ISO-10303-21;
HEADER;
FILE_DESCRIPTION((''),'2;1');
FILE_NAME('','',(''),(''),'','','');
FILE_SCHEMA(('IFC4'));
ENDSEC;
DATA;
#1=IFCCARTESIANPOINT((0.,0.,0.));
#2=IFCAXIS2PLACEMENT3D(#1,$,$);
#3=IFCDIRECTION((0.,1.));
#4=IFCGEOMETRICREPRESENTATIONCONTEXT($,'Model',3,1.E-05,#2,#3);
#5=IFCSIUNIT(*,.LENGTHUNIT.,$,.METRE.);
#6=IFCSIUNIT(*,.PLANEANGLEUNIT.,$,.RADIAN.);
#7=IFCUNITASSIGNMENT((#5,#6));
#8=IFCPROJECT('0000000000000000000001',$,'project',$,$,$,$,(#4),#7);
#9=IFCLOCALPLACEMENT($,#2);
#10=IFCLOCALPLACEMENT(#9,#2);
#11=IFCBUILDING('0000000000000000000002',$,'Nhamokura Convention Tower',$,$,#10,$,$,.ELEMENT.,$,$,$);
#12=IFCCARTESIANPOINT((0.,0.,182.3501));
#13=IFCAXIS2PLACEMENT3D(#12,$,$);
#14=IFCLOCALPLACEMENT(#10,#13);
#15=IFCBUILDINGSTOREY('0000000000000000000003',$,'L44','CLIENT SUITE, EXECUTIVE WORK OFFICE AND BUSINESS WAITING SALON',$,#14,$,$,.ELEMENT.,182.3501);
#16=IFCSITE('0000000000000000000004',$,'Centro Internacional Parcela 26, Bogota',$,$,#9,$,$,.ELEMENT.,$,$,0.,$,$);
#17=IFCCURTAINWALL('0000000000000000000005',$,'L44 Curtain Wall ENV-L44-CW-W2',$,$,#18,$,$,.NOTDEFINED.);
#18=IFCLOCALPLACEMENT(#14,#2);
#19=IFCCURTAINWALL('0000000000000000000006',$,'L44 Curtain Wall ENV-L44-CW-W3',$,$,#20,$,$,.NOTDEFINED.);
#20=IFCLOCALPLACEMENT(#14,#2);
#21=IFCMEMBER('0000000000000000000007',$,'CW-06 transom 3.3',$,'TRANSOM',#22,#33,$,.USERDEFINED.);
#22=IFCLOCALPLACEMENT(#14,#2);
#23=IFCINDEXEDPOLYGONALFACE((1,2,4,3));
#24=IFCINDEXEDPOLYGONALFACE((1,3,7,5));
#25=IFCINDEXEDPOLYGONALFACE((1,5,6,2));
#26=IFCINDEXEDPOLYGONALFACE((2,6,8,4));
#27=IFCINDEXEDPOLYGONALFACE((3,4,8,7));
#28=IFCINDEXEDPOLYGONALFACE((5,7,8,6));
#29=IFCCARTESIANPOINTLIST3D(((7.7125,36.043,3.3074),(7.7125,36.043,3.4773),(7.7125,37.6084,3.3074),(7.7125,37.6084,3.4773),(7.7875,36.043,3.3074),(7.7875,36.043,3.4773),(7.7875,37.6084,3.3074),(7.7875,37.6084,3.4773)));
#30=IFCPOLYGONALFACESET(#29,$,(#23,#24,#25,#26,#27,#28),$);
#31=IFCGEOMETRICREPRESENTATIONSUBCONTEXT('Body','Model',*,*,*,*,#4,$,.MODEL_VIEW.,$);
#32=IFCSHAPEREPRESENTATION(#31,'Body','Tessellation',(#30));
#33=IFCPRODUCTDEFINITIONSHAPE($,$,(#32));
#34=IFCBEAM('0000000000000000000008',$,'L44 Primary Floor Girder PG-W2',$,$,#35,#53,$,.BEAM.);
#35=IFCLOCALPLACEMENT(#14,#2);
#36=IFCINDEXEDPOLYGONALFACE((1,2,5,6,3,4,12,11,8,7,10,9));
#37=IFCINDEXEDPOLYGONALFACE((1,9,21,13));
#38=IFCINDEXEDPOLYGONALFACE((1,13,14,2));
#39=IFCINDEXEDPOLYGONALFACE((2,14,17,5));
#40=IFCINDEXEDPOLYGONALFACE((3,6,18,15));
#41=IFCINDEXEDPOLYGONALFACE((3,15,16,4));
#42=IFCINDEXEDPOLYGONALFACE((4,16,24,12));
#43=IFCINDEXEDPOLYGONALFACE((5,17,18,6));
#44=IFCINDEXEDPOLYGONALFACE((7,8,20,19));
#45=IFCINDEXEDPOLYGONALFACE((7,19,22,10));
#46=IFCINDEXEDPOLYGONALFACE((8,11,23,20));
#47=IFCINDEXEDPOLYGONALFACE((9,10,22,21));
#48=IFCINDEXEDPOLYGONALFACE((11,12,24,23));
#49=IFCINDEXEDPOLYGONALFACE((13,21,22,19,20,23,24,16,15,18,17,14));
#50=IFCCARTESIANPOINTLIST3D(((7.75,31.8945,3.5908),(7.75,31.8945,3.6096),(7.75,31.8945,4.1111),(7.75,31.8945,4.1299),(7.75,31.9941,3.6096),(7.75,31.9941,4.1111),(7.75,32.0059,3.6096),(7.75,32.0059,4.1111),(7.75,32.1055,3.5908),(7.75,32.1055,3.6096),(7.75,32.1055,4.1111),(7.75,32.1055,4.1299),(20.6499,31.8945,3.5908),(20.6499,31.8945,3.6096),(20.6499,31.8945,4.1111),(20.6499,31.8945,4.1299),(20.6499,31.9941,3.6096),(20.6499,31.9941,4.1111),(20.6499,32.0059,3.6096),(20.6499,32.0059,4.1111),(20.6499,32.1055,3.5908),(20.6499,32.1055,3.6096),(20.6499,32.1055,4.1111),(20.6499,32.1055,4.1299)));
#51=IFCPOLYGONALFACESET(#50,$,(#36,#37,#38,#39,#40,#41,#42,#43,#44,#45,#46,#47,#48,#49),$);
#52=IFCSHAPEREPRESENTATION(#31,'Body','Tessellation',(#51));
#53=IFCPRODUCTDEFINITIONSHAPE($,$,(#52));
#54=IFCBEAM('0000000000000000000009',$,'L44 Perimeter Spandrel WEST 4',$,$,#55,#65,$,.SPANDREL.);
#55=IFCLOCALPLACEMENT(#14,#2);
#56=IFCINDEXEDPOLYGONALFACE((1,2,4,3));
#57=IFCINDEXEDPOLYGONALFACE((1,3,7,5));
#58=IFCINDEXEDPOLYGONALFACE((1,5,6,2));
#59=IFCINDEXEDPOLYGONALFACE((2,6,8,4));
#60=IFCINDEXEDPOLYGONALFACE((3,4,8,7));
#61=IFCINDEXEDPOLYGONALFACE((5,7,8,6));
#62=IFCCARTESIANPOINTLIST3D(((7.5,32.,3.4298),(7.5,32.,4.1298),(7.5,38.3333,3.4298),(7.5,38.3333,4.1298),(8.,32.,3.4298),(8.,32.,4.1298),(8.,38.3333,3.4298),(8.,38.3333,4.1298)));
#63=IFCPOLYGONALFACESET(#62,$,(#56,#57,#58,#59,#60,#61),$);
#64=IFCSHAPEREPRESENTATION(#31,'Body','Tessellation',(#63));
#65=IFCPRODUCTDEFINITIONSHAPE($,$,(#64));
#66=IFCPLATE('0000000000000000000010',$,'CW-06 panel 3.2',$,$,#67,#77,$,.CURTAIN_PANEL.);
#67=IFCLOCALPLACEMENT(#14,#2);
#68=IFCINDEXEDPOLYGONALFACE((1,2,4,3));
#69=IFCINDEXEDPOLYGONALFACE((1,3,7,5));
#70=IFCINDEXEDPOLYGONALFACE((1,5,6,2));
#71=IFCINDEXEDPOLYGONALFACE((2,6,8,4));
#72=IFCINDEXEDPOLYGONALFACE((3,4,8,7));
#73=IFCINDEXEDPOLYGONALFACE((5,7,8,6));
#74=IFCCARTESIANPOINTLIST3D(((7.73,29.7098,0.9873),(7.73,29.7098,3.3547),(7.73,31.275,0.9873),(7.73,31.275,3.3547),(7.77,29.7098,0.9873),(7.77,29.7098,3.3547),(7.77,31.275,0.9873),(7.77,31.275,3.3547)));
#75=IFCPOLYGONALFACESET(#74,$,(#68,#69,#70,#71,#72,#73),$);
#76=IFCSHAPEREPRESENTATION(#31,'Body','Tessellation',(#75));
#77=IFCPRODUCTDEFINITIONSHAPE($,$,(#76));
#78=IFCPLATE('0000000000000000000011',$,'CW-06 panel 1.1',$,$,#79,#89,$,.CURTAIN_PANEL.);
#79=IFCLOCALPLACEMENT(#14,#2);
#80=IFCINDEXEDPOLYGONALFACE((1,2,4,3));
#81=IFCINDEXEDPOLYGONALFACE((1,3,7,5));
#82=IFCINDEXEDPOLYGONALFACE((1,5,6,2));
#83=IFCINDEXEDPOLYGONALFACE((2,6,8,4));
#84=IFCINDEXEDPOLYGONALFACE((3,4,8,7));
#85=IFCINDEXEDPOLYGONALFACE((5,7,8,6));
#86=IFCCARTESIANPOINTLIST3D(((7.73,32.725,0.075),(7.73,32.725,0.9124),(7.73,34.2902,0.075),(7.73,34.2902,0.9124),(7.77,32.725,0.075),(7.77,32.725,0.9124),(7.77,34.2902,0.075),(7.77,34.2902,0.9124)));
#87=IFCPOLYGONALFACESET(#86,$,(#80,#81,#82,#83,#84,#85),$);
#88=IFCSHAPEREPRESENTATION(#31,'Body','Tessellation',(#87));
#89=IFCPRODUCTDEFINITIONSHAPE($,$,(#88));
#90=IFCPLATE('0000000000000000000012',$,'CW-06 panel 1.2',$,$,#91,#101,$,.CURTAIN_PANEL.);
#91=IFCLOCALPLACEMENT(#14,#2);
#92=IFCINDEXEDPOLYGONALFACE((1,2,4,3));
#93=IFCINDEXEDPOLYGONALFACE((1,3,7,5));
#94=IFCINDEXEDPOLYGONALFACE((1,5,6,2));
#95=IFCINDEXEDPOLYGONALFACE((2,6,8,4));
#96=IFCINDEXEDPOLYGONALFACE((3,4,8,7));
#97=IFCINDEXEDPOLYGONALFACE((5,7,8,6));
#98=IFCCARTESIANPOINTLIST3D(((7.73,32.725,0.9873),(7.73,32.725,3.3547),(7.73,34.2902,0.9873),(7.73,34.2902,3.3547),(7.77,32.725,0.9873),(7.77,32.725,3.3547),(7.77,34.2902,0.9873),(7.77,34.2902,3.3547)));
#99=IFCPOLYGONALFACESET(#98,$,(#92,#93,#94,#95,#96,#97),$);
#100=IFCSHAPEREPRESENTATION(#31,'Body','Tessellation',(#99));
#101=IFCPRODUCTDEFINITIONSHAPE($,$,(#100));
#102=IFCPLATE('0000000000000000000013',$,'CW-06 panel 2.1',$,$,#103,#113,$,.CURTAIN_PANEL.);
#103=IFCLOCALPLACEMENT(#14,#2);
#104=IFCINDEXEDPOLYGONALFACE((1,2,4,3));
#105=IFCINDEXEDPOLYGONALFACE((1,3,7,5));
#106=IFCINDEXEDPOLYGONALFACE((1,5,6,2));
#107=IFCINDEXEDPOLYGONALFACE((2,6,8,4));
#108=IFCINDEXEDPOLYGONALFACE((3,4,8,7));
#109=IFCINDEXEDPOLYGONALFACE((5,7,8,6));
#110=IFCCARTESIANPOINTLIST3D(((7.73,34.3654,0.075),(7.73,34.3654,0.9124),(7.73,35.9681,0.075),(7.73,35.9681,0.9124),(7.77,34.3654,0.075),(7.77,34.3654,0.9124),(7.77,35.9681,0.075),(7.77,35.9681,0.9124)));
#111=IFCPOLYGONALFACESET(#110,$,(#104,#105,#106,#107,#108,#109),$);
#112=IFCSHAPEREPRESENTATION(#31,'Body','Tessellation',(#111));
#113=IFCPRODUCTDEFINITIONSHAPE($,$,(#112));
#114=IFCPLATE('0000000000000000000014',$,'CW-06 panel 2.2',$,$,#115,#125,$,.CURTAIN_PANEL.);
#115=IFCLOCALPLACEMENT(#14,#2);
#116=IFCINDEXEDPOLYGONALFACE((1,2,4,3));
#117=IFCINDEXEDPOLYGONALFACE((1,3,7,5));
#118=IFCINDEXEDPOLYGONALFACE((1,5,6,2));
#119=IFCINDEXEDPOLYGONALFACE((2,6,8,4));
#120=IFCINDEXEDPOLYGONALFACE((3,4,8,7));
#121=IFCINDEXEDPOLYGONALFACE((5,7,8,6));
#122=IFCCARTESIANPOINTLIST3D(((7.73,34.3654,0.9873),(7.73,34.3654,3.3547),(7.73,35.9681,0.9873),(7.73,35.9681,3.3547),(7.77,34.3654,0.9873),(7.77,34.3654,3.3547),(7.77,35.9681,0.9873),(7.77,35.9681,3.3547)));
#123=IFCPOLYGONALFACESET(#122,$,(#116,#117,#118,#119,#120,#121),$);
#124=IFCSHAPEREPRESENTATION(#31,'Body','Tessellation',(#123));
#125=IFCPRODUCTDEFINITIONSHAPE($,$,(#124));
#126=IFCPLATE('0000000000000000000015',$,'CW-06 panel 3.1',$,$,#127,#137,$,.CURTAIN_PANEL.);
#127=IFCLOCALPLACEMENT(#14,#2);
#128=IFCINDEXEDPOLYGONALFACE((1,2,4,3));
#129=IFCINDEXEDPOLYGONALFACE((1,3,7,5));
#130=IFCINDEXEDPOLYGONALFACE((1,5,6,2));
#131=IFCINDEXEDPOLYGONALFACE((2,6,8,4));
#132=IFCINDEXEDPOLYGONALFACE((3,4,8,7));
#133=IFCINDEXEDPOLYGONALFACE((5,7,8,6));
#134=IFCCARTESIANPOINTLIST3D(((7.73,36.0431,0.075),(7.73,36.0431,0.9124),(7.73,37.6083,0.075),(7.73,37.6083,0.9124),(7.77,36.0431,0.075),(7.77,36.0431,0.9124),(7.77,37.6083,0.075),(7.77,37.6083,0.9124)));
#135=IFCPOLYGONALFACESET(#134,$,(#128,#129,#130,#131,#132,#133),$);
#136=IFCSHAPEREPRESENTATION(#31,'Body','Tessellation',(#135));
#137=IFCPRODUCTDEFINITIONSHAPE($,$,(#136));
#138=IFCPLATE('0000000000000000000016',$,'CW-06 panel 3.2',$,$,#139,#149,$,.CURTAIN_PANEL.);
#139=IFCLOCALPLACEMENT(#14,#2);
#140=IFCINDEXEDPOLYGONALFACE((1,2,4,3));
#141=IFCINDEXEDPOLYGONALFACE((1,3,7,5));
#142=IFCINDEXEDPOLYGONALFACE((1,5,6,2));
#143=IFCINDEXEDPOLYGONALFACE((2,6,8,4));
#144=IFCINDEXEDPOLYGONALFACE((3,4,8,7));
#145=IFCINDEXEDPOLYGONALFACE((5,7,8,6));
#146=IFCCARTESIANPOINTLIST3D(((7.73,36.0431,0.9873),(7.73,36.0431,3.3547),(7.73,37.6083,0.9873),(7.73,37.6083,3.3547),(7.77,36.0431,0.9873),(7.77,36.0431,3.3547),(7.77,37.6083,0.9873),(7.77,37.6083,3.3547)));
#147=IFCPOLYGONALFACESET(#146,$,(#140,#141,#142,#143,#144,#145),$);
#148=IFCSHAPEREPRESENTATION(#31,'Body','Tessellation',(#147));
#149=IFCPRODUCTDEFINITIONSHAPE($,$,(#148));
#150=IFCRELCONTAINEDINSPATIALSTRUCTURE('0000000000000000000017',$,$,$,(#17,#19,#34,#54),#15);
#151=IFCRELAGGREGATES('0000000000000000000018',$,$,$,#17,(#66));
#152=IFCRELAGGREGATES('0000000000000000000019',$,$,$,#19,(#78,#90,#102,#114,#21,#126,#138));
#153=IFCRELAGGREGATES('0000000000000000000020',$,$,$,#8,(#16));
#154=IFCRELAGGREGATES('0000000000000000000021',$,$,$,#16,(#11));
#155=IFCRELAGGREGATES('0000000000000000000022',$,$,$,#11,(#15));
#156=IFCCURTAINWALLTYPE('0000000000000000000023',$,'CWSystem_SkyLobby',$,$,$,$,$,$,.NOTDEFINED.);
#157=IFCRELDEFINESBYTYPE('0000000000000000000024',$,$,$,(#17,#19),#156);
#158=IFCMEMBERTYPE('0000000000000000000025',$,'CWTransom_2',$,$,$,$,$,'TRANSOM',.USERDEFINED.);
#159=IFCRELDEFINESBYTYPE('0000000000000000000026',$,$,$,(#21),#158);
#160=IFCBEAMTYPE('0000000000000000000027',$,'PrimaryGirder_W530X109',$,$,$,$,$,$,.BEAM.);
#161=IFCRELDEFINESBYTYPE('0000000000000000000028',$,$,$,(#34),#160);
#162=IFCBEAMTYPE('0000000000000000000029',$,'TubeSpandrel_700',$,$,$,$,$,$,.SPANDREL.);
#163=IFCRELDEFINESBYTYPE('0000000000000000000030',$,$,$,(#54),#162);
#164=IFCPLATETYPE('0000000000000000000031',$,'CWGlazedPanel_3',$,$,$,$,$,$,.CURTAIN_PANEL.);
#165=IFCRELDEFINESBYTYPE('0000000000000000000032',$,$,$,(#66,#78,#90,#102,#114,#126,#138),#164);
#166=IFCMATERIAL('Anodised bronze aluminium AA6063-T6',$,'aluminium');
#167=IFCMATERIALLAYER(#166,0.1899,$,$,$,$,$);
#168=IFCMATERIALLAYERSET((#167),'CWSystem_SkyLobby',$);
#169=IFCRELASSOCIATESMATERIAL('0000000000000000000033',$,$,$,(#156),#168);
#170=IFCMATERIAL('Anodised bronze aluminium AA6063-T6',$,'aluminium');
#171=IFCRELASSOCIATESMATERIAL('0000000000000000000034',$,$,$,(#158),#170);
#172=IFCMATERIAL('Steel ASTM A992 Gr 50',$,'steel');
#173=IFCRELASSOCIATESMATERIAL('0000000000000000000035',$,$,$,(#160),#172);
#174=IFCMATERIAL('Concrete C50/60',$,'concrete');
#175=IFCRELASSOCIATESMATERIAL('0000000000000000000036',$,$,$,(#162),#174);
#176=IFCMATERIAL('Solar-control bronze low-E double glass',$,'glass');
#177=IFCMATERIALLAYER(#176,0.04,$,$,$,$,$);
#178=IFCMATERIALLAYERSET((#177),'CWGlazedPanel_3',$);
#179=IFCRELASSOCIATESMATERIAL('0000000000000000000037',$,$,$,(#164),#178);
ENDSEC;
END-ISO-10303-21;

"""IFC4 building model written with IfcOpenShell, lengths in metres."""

from ifc_helpers import new_model, si_unit, direction, frame, origin, origin_2d, place, context, subcontext, project, spatial, rectangle, i_section, extrude, material, layer, layer_set, material_profile, profile_set, type_object, element, aggregate, save


model = new_model("IFC4")

# Units and contexts
model_context = context("Model", 3, precision=1e-05, world=origin(), true_north=direction((0.0, 1.0)))
body_context = subcontext(model_context, "Body", "Model", "MODEL_VIEW")
ifc_project = project(units=[si_unit("LENGTHUNIT", "METRE"), si_unit("PLANEANGLEUNIT", "RADIAN")], contexts=[model_context])

# Site, building, storey
site_placement = place(None, origin())
site = spatial("IfcSite", under=ifc_project, at=site_placement, Name="Centro Internacional Parcela 26, Bogota", CompositionType="ELEMENT", RefElevation=0.0)
building_placement = place(site_placement, origin())
building = spatial("IfcBuilding", under=site, at=building_placement, Name="Nhamokura Convention Tower", CompositionType="ELEMENT")
storey_placement = place(building_placement, frame((0.0, 0.0, 182.3501)))
storey = spatial("IfcBuildingStorey", under=building, at=storey_placement, Name="L44", Description="CLIENT SUITE, EXECUTIVE WORK OFFICE AND BUSINESS WAITING SALON", CompositionType="ELEMENT", Elevation=182.3501)

# Curtain wall
ifc_material_1 = material(Name="Anodised bronze aluminium AA6063-T6", Category="aluminium")
ifc_layer_1 = layer(ifc_material_1, 0.1899)
ifc_layer_set_1 = layer_set([ifc_layer_1], Name="CWSystem_SkyLobby")
curtain_wall_type = type_object("IfcCurtainWallType", Name="CWSystem_SkyLobby", PredefinedType="NOTDEFINED", material=ifc_layer_set_1)
curtain_wall_1_placement = place(storey_placement, origin())
curtain_wall_1 = element("IfcCurtainWall", 1, at=curtain_wall_1_placement, inside=storey, type_object=curtain_wall_type, Name="L44 Curtain Wall ENV-L44-CW-W2", PredefinedType="NOTDEFINED")

# Curtain wall, member
curtain_wall_2_placement = place(storey_placement, origin())
curtain_wall_2 = element("IfcCurtainWall", 2, at=curtain_wall_2_placement, inside=storey, type_object=curtain_wall_type, Name="L44 Curtain Wall ENV-L44-CW-W3", PredefinedType="NOTDEFINED")
ifc_material_2 = material(Name="Anodised bronze aluminium AA6063-T6", Category="aluminium")
ifc_material_profile_1 = material_profile(ifc_material_2, rectangle(XDim=0.075, YDim=0.1699, at=origin_2d()))
ifc_profile_set_1 = profile_set([ifc_material_profile_1], Name="Anodised bronze aluminium AA6063-T6")
member_type_1 = type_object("IfcMemberType", Name="CWTransom_2", ElementType="TRANSOM", PredefinedType="USERDEFINED", material=ifc_profile_set_1)
member_1_placement = place(storey_placement, frame((7.75, 36.043, 3.3923), z_axis=(0.0, 1.0, 0.0), x_axis=(-1.0, 0.0, 0.0)))
member_1 = element("IfcMember", 3, at=member_1_placement, type_object=member_type_1, Name="CW-06 transom 3.3", ObjectType="TRANSOM", PredefinedType="USERDEFINED", context=body_context, shape_type="SweptSolid", body=[
    extrude(rectangle(XDim=0.075, YDim=0.1699, at=origin_2d()), origin(), (0.0, 0.0, 1.0), 1.5654),
])

# Beams
ifc_material_3 = material(Name="Steel ASTM A992 Gr 50", Category="steel")
ifc_material_profile_2 = material_profile(ifc_material_3, i_section(OverallWidth=0.2109, OverallDepth=0.5391, WebThickness=0.0117, FlangeThickness=0.0188, at=origin_2d()))
ifc_profile_set_2 = profile_set([ifc_material_profile_2], Name="Steel ASTM A992 Gr 50")
beam_type_1 = type_object("IfcBeamType", Name="PrimaryGirder_W530X109", PredefinedType="BEAM", material=ifc_profile_set_2)
beam_1_placement = place(storey_placement, frame((7.75, 32.0, 3.8604), z_axis=(1.0, 0.0, 0.0), x_axis=(0.0, 1.0, 0.0)))
element("IfcBeam", 4, at=beam_1_placement, inside=storey, type_object=beam_type_1, Name="L44 Primary Floor Girder PG-W2", PredefinedType="BEAM", context=body_context, shape_type="SweptSolid", body=[
    extrude(i_section(OverallWidth=0.2109, OverallDepth=0.5391, WebThickness=0.0117, FlangeThickness=0.0188, at=origin_2d()), origin(), (0.0, 0.0, 1.0), 12.8999),
])
ifc_material_4 = material(Name="Concrete C50/60", Category="concrete")
ifc_material_profile_3 = material_profile(ifc_material_4, rectangle(XDim=0.5, YDim=0.7, at=origin_2d()))
ifc_profile_set_3 = profile_set([ifc_material_profile_3], Name="Concrete C50/60")
beam_type_2 = type_object("IfcBeamType", Name="TubeSpandrel_700", PredefinedType="SPANDREL", material=ifc_profile_set_3)
beam_2_placement = place(storey_placement, frame((7.75, 32.0, 3.7798), z_axis=(0.0, 1.0, 0.0), x_axis=(-1.0, 0.0, 0.0)))
element("IfcBeam", 5, at=beam_2_placement, inside=storey, type_object=beam_type_2, Name="L44 Perimeter Spandrel WEST 4", PredefinedType="SPANDREL", context=body_context, shape_type="SweptSolid", body=[
    extrude(rectangle(XDim=0.5, YDim=0.7, at=origin_2d()), origin(), (0.0, 0.0, 1.0), 6.3333),
])

# Plates
ifc_material_5 = material(Name="Solar-control bronze low-E double glass", Category="glass")
ifc_layer_2 = layer(ifc_material_5, 0.04)
ifc_layer_set_2 = layer_set([ifc_layer_2], Name="CWGlazedPanel_3")
plate_type = type_object("IfcPlateType", Name="CWGlazedPanel_3", PredefinedType="CURTAIN_PANEL", material=ifc_layer_set_2)
plate_1_placement = place(storey_placement, frame((7.75, 30.4924, 0.9873), z_axis=(0.0, 0.0, 1.0), x_axis=(0.0, 1.0, 0.0)))
plate_1 = element("IfcPlate", 6, at=plate_1_placement, type_object=plate_type, Name="CW-06 panel 3.2", PredefinedType="CURTAIN_PANEL", context=body_context, shape_type="SweptSolid", body=[
    extrude(rectangle(XDim=1.5652, YDim=0.04, at=origin_2d()), origin(), (0.0, 0.0, 1.0), 2.3674),
])
aggregate(curtain_wall_1, [plate_1])
plate_2_placement = place(storey_placement, frame((7.75, 33.5076, 0.075), z_axis=(0.0, 0.0, 1.0), x_axis=(0.0, 1.0, 0.0)))
plate_2 = element("IfcPlate", 7, at=plate_2_placement, type_object=plate_type, Name="CW-06 panel 1.1", PredefinedType="CURTAIN_PANEL", context=body_context, shape_type="SweptSolid", body=[
    extrude(rectangle(XDim=1.5652, YDim=0.04, at=origin_2d()), origin(), (0.0, 0.0, 1.0), 0.8374),
])
plate_3_placement = place(storey_placement, frame((7.75, 33.5076, 0.9873), z_axis=(0.0, 0.0, 1.0), x_axis=(0.0, 1.0, 0.0)))
plate_3 = element("IfcPlate", 8, at=plate_3_placement, type_object=plate_type, Name="CW-06 panel 1.2", PredefinedType="CURTAIN_PANEL", context=body_context, shape_type="SweptSolid", body=[
    extrude(rectangle(XDim=1.5652, YDim=0.04, at=origin_2d()), origin(), (0.0, 0.0, 1.0), 2.3674),
])
plate_4_placement = place(storey_placement, frame((7.75, 35.1667, 0.075), z_axis=(0.0, 0.0, 1.0), x_axis=(0.0, 1.0, 0.0)))
plate_4 = element("IfcPlate", 9, at=plate_4_placement, type_object=plate_type, Name="CW-06 panel 2.1", PredefinedType="CURTAIN_PANEL", context=body_context, shape_type="SweptSolid", body=[
    extrude(rectangle(XDim=1.6028, YDim=0.04, at=origin_2d()), origin(), (0.0, 0.0, 1.0), 0.8374),
])
plate_5_placement = place(storey_placement, frame((7.75, 35.1667, 0.9873), z_axis=(0.0, 0.0, 1.0), x_axis=(0.0, 1.0, 0.0)))
plate_5 = element("IfcPlate", 10, at=plate_5_placement, type_object=plate_type, Name="CW-06 panel 2.2", PredefinedType="CURTAIN_PANEL", context=body_context, shape_type="SweptSolid", body=[
    extrude(rectangle(XDim=1.6028, YDim=0.04, at=origin_2d()), origin(), (0.0, 0.0, 1.0), 2.3674),
])
plate_6_placement = place(storey_placement, frame((7.75, 36.8257, 0.075), z_axis=(0.0, 0.0, 1.0), x_axis=(0.0, 1.0, 0.0)))
plate_6 = element("IfcPlate", 11, at=plate_6_placement, type_object=plate_type, Name="CW-06 panel 3.1", PredefinedType="CURTAIN_PANEL", context=body_context, shape_type="SweptSolid", body=[
    extrude(rectangle(XDim=1.5652, YDim=0.04, at=origin_2d()), origin(), (0.0, 0.0, 1.0), 0.8374),
])
plate_7_placement = place(storey_placement, frame((7.75, 36.8257, 0.9873), z_axis=(0.0, 0.0, 1.0), x_axis=(0.0, 1.0, 0.0)))
plate_7 = element("IfcPlate", 12, at=plate_7_placement, type_object=plate_type, Name="CW-06 panel 3.2", PredefinedType="CURTAIN_PANEL", context=body_context, shape_type="SweptSolid", body=[
    extrude(rectangle(XDim=1.5652, YDim=0.04, at=origin_2d()), origin(), (0.0, 0.0, 1.0), 2.3674),
])
aggregate(curtain_wall_2, [plate_2, plate_3, plate_4, plate_5, member_1, plate_6, plate_7])

save(model, "model.ifc")
